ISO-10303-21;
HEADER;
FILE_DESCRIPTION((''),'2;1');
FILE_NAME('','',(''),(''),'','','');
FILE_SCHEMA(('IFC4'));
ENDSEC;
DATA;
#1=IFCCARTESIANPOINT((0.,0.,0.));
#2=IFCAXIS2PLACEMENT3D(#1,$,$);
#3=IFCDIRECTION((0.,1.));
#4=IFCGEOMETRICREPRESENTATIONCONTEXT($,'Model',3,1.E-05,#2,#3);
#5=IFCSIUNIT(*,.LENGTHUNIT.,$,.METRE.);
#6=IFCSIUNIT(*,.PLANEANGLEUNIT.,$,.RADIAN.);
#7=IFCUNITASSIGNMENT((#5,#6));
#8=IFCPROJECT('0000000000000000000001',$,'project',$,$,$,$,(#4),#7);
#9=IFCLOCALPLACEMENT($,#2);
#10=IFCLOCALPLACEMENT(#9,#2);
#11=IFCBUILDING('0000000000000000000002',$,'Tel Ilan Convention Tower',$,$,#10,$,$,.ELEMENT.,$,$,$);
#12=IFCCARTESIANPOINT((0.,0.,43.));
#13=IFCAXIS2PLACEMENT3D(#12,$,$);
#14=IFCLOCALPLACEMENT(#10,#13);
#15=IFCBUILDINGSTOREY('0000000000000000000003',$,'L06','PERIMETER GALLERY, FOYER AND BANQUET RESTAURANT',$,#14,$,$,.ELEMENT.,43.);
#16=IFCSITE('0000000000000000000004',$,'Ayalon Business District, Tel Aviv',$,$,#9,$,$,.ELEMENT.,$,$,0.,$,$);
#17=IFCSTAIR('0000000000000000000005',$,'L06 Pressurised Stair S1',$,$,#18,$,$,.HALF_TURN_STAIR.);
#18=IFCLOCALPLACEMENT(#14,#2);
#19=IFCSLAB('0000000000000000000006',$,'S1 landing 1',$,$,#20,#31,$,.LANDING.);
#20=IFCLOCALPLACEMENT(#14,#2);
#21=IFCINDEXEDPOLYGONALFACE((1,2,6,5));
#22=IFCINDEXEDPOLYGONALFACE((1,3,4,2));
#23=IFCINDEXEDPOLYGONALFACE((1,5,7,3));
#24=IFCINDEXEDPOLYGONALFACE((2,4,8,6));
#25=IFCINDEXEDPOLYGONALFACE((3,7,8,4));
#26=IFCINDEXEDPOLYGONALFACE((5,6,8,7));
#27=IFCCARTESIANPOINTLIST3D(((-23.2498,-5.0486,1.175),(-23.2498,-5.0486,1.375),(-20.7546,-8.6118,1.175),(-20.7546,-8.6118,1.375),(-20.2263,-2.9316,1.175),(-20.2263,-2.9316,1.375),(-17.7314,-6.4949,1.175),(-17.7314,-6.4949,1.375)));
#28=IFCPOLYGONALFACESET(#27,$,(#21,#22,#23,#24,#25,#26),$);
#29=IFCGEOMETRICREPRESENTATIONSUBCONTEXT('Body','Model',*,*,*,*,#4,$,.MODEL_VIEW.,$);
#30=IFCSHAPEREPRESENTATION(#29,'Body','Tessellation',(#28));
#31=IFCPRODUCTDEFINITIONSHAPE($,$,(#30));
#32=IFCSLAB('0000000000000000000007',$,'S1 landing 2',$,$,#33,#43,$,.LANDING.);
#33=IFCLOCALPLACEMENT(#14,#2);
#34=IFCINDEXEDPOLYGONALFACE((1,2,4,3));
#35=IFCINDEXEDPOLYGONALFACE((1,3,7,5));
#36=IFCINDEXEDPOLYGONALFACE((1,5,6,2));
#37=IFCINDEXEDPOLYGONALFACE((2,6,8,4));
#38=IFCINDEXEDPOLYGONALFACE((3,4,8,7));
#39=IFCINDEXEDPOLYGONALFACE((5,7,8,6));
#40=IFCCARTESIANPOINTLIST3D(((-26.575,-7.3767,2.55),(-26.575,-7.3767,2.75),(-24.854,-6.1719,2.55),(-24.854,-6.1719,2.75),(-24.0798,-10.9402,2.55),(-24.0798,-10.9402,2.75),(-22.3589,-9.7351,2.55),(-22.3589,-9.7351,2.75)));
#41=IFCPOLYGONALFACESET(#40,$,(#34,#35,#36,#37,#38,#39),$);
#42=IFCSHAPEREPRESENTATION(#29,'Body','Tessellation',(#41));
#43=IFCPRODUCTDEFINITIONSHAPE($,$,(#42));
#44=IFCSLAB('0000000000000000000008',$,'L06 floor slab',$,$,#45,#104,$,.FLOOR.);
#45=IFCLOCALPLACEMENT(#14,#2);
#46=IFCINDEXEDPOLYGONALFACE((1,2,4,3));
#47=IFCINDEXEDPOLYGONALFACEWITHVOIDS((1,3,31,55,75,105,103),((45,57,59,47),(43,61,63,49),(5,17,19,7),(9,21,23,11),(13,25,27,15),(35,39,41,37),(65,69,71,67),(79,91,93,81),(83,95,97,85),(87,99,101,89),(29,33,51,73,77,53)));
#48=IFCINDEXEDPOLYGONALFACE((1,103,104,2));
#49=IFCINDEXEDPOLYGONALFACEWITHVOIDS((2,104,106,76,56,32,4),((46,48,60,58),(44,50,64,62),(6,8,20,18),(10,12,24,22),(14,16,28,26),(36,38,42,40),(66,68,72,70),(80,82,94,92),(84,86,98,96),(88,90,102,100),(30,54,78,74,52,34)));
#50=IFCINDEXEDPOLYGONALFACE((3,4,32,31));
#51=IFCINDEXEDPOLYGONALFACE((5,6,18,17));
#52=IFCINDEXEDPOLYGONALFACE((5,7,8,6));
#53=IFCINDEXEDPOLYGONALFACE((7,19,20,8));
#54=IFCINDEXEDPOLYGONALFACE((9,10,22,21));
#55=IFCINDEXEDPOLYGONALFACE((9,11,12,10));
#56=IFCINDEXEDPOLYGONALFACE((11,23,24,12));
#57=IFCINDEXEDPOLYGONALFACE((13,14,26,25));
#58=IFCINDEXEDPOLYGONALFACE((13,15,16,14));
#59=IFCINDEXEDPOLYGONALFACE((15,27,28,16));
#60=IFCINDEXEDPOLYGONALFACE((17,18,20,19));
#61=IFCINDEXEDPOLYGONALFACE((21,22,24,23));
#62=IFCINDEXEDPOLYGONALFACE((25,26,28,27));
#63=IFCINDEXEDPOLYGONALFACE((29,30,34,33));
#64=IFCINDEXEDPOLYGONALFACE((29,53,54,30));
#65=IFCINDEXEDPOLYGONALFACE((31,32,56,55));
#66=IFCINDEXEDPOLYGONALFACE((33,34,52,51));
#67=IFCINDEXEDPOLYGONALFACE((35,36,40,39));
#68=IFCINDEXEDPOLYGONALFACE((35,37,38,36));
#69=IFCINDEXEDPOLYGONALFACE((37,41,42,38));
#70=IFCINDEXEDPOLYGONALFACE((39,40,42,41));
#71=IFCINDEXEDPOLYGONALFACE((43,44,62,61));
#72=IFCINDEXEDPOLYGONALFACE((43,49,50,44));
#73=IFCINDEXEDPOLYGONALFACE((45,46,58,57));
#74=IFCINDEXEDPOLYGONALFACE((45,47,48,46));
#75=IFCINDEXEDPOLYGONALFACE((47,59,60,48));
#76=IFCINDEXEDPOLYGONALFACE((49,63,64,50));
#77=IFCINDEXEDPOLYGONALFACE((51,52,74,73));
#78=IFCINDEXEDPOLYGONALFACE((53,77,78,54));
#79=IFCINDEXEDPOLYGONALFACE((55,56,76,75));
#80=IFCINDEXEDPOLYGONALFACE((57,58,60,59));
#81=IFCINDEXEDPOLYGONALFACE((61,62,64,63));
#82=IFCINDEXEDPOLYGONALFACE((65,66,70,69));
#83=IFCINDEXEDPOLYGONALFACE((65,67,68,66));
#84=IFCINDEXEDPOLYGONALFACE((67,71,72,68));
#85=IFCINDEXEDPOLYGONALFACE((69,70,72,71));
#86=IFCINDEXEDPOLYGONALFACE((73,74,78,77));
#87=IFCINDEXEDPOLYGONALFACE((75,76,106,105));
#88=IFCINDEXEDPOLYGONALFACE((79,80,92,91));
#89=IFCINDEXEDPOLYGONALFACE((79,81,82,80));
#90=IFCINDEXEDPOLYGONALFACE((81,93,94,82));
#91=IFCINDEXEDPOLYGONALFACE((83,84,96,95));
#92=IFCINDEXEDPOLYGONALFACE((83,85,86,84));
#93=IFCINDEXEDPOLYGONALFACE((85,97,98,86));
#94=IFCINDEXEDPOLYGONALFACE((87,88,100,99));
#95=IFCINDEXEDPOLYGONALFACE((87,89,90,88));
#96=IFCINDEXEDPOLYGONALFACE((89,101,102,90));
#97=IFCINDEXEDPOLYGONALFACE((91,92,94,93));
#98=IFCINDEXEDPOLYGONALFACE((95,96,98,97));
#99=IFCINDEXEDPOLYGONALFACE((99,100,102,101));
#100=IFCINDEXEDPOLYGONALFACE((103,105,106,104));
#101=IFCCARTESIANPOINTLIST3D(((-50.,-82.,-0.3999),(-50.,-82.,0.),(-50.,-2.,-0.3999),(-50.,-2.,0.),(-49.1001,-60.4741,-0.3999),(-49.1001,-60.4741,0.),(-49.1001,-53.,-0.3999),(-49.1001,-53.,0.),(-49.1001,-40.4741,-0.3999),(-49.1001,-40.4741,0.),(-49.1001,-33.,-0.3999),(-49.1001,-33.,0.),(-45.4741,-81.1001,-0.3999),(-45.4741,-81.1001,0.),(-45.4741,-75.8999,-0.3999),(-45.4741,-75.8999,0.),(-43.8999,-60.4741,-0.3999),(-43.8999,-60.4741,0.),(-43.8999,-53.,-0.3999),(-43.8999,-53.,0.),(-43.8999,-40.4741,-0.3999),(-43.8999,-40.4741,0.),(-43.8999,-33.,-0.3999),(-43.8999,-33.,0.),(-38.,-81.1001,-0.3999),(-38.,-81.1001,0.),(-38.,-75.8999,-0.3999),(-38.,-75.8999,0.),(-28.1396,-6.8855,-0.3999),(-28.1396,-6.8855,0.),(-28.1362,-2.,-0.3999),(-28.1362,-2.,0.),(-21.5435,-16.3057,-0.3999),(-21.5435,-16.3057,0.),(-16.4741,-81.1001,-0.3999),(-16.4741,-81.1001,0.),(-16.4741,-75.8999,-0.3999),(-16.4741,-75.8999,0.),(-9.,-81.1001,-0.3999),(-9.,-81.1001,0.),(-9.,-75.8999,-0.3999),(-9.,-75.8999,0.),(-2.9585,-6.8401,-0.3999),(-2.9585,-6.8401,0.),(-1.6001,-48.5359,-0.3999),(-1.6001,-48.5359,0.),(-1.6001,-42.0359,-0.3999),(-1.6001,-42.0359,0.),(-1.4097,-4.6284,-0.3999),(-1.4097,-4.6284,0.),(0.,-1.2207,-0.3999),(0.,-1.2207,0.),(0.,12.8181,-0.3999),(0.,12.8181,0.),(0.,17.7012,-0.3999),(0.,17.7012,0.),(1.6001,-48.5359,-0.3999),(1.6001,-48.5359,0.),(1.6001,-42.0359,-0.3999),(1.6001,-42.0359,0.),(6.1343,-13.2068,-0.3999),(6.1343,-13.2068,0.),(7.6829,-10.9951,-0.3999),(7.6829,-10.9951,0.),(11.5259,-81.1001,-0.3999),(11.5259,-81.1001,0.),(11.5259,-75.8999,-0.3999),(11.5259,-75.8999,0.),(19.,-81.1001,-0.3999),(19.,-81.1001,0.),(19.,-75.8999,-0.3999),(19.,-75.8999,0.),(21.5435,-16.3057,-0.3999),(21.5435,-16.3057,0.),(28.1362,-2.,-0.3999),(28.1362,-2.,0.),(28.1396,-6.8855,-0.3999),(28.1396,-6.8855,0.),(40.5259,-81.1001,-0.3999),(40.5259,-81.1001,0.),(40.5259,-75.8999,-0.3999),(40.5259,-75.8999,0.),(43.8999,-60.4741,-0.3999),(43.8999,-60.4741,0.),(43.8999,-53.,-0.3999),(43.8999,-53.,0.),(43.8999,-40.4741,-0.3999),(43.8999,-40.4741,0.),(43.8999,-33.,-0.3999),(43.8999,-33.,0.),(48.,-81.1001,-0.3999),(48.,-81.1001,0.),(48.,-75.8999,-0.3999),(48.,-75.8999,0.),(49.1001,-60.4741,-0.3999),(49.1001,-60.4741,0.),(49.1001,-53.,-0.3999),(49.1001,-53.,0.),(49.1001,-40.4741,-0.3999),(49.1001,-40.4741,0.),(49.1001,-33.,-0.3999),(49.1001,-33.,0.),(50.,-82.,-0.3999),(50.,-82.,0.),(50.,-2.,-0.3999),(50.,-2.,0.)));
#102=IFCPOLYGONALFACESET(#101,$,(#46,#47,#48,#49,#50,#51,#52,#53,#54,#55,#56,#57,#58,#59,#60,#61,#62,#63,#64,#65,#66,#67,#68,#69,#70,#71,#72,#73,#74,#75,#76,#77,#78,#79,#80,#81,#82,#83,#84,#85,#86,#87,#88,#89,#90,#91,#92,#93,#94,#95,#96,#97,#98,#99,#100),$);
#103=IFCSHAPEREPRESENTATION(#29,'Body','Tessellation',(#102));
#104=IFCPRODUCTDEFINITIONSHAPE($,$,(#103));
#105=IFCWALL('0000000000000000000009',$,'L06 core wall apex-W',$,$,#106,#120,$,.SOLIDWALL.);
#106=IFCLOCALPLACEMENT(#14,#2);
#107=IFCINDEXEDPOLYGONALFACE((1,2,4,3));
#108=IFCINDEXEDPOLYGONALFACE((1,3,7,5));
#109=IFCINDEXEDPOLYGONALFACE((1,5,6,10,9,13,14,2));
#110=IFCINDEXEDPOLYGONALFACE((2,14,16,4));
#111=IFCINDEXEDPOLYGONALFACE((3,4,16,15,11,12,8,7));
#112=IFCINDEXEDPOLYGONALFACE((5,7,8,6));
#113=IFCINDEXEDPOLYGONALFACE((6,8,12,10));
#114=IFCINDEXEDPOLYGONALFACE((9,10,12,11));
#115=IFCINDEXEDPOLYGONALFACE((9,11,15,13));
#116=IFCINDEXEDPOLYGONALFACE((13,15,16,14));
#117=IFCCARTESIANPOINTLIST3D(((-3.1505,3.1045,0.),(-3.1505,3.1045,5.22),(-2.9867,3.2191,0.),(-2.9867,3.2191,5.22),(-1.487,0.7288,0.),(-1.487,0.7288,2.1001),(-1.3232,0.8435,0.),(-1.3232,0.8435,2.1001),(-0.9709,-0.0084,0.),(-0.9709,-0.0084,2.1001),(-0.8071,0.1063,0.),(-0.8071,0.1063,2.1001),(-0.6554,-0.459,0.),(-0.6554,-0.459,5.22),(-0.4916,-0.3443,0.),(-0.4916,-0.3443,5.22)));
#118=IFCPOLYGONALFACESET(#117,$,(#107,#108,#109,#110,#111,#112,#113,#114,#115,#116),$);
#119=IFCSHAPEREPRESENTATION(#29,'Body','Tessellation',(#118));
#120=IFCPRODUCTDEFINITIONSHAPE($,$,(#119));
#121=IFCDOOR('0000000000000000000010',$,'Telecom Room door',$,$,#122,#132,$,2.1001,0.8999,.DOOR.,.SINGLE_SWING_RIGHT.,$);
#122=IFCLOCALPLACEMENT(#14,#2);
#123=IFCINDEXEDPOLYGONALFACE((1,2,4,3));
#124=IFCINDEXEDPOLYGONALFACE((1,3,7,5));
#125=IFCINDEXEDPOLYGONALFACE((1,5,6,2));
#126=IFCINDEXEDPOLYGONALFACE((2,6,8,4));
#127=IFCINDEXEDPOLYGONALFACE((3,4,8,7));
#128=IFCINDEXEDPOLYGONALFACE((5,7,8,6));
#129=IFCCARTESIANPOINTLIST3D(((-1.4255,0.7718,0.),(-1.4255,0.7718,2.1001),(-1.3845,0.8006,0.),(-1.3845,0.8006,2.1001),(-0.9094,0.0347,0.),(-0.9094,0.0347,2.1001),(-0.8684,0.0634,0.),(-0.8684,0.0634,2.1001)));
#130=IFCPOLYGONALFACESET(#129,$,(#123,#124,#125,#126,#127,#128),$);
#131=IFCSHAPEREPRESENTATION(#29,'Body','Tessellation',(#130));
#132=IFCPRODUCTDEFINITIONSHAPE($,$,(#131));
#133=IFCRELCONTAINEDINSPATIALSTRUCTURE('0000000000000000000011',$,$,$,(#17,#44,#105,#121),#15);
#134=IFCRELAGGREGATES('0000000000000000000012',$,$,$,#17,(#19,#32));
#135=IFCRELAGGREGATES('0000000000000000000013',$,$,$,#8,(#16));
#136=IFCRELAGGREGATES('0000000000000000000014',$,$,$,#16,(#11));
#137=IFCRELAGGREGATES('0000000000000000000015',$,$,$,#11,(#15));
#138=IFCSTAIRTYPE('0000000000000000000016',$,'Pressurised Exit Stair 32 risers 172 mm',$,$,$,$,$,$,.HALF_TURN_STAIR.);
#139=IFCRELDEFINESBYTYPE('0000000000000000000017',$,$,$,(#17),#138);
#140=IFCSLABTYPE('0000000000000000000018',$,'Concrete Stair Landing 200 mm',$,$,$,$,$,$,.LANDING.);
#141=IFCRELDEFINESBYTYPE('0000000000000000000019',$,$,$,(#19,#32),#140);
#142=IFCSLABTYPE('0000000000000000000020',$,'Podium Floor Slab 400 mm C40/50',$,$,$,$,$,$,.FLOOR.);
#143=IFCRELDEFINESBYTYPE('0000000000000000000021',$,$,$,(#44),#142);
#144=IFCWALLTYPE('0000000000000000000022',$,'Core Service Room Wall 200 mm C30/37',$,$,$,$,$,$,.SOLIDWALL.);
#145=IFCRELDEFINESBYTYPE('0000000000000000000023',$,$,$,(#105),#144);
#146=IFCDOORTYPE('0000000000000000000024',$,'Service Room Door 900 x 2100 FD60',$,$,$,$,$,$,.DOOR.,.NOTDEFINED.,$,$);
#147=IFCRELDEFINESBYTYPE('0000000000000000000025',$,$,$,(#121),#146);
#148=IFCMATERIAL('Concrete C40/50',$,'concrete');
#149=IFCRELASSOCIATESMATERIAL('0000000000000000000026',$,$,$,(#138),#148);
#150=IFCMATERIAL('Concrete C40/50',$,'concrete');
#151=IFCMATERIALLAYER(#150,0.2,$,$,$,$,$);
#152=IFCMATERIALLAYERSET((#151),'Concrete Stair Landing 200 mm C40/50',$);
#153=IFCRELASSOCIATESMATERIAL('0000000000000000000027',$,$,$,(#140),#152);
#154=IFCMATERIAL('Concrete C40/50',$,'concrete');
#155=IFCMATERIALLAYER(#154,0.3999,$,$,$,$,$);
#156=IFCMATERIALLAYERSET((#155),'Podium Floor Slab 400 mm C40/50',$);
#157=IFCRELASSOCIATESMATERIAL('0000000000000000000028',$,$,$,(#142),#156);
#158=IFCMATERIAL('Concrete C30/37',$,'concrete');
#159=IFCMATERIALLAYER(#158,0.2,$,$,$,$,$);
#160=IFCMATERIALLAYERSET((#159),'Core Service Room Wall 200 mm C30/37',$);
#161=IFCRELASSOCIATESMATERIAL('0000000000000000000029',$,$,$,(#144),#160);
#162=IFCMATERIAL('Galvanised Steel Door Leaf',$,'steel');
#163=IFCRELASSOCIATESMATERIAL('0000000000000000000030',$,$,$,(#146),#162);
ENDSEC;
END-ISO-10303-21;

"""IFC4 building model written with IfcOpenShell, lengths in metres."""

from ifc_helpers import new_model, si_unit, direction, frame, frame_2d, origin, place, context, subcontext, project, spatial, polyline, rectangle, outline, extrude, material, layer, layer_set, type_object, element, fill, aggregate, save


model = new_model("IFC4")

# Units and contexts
model_context = context("Model", 3, precision=1e-05, world=origin(), true_north=direction((0.0, 1.0)))
body_context = subcontext(model_context, "Body", "Model", "MODEL_VIEW")
ifc_project = project(units=[si_unit("LENGTHUNIT", "METRE"), si_unit("PLANEANGLEUNIT", "RADIAN")], contexts=[model_context])

# Site, building, storey
site_placement = place(None, origin())
site = spatial("IfcSite", under=ifc_project, at=site_placement, Name="Ayalon Business District, Tel Aviv", CompositionType="ELEMENT", RefElevation=0.0)
building_placement = place(site_placement, origin())
building = spatial("IfcBuilding", under=site, at=building_placement, Name="Tel Ilan Convention Tower", CompositionType="ELEMENT")
storey_placement = place(building_placement, frame((0.0, 0.0, 43.0)))
storey = spatial("IfcBuildingStorey", under=building, at=storey_placement, Name="L06", Description="PERIMETER GALLERY, FOYER AND BANQUET RESTAURANT", CompositionType="ELEMENT", Elevation=43.0)

# Stair, slabs
ifc_material_1 = material(Name="Concrete C40/50", Category="concrete")
stair_type = type_object("IfcStairType", Name="Pressurised Exit Stair 32 risers 172 mm", PredefinedType="HALF_TURN_STAIR", material=ifc_material_1)
stair_placement = place(storey_placement, origin())
stair = element("IfcStair", 1, at=stair_placement, inside=storey, type_object=stair_type, Name="L06 Pressurised Stair S1", PredefinedType="HALF_TURN_STAIR")
ifc_material_2 = material(Name="Concrete C40/50", Category="concrete")
ifc_layer_1 = layer(ifc_material_2, 0.2)
ifc_layer_set_1 = layer_set([ifc_layer_1], Name="Concrete Stair Landing 200 mm C40/50")
slab_type_1 = type_object("IfcSlabType", Name="Concrete Stair Landing 200 mm", PredefinedType="LANDING", material=ifc_layer_set_1)
slab_1_placement = place(storey_placement, frame((0.0, 0.0, 1.175)))
slab_1 = element("IfcSlab", 2, at=slab_1_placement, type_object=slab_type_1, Name="S1 landing 1", PredefinedType="LANDING", context=body_context, shape_type="SweptSolid", body=[
    extrude(outline(polyline([(-20.7546, -8.6118), (-17.7314, -6.4949), (-20.2263, -2.9316), (-23.2498, -5.0486), (-20.7546, -8.6118)])), origin(), (0.0, 0.0, 1.0), 0.2),
])
slab_2_placement = place(storey_placement, frame((0.0, 0.0, 2.55)))
slab_2 = element("IfcSlab", 3, at=slab_2_placement, type_object=slab_type_1, Name="S1 landing 2", PredefinedType="LANDING", context=body_context, shape_type="SweptSolid", body=[
    extrude(outline(polyline([(-24.0798, -10.9402), (-22.3589, -9.7351), (-24.854, -6.1719), (-26.575, -7.3767), (-24.0798, -10.9402)])), origin(), (0.0, 0.0, 1.0), 0.2),
])
aggregate(stair, [slab_1, slab_2])

# Slab
ifc_material_3 = material(Name="Concrete C40/50", Category="concrete")
ifc_layer_2 = layer(ifc_material_3, 0.3999)
ifc_layer_set_2 = layer_set([ifc_layer_2], Name="Podium Floor Slab 400 mm C40/50")
slab_type_2 = type_object("IfcSlabType", Name="Podium Floor Slab 400 mm C40/50", PredefinedType="FLOOR", material=ifc_layer_set_2)
slab_3_placement = place(storey_placement, frame((0.0, 0.0, -0.3999)))
element("IfcSlab", 4, at=slab_3_placement, inside=storey, type_object=slab_type_2, Name="L06 floor slab", PredefinedType="FLOOR", context=body_context, shape_type="SweptSolid", body=[
    extrude(outline(polyline([(-50.0, -2.0), (-28.1362, -2.0), (0.0, 17.7012), (28.1362, -2.0), (50.0, -2.0), (50.0, -82.0), (-50.0, -82.0), (-50.0, -2.0)]), holes=[polyline([(43.8999, -53.0), (43.8999, -60.4741), (49.1001, -60.4741), (49.1001, -53.0), (43.8999, -53.0)]), polyline([(49.1001, -33.0), (43.8999, -33.0), (43.8999, -40.4741), (49.1001, -40.4741), (49.1001, -33.0)]), polyline([(48.0, -75.8999), (40.5259, -75.8999), (40.5259, -81.1001), (48.0, -81.1001), (48.0, -75.8999)]), polyline([(21.5435, -16.3057), (28.1396, -6.8855), (0.0, 12.8181), (-28.1396, -6.8855), (-21.5435, -16.3057), (0.0, -1.2207), (21.5435, -16.3057)]), polyline([(11.5259, -75.8999), (11.5259, -81.1001), (19.0, -81.1001), (19.0, -75.8999), (11.5259, -75.8999)]), polyline([(6.1343, -13.2068), (7.6829, -10.9951), (-1.4097, -4.6284), (-2.9585, -6.8401), (6.1343, -13.2068)]), polyline([(-1.6001, -42.0359), (-1.6001, -48.5359), (1.6001, -48.5359), (1.6001, -42.0359), (-1.6001, -42.0359)]), polyline([(-16.4741, -75.8999), (-16.4741, -81.1001), (-9.0, -81.1001), (-9.0, -75.8999), (-16.4741, -75.8999)]), polyline([(-45.4741, -75.8999), (-45.4741, -81.1001), (-38.0, -81.1001), (-38.0, -75.8999), (-45.4741, -75.8999)]), polyline([(-49.1001, -33.0), (-49.1001, -40.4741), (-43.8999, -40.4741), (-43.8999, -33.0), (-49.1001, -33.0)]), polyline([(-43.8999, -53.0), (-49.1001, -53.0), (-49.1001, -60.4741), (-43.8999, -60.4741), (-43.8999, -53.0)])]), origin(), (0.0, 0.0, 1.0), 0.3999),
])

# Wall, opening, door
ifc_material_4 = material(Name="Concrete C30/37", Category="concrete")
ifc_layer_3 = layer(ifc_material_4, 0.2)
ifc_layer_set_3 = layer_set([ifc_layer_3], Name="Core Service Room Wall 200 mm C30/37")
wall_type_1 = type_object("IfcWallType", Name="Core Service Room Wall 200 mm C30/37", PredefinedType="SOLIDWALL", material=ifc_layer_set_3)
wall_1_placement = place(storey_placement, frame((-0.5735, -0.4016, 0.0), z_axis=(0.0, 0.0, 1.0), x_axis=(-0.573568, 0.819158, 0.0)))
wall_1 = element("IfcWall", 5, at=wall_1_placement, inside=storey, type_object=wall_type_1, Name="L06 core wall apex-W", PredefinedType="SOLIDWALL", context=body_context, shape_type="SweptSolid", body=[
    extrude(rectangle(XDim=4.3501, YDim=0.2, at=frame_2d((2.175, 0.0))), origin(), (0.0, 0.0, 1.0), 5.22),
])
opening_1_placement = place(wall_1_placement, frame((0.55, 0.0, 0.0)))
opening_1 = element("IfcOpeningElement", 6, at=opening_1_placement, cuts=wall_1, PredefinedType="OPENING", context=body_context, shape_type="SweptSolid", body=[
    extrude(rectangle(XDim=0.8999, YDim=2.1001, at=frame_2d((0.45, 1.05))), frame((0.0, 0.1099, 0.0), z_axis=(0.0, -1.0, 0.0), x_axis=(1.0, 0.0, 0.0)), (0.0, 0.0, 1.0), 0.22),
])
ifc_material_5 = material(Name="Galvanised Steel Door Leaf", Category="steel")
door_type_1 = type_object("IfcDoorType", Name="Service Room Door 900 x 2100 FD60", OperationType="NOTDEFINED", PredefinedType="DOOR", material=ifc_material_5)
door_1_placement = place(opening_1_placement, origin())
door_1 = element("IfcDoor", 7, at=door_1_placement, inside=storey, type_object=door_type_1, Name="Telecom Room door", OperationType="SINGLE_SWING_RIGHT", OverallHeight=2.1001, OverallWidth=0.8999, PredefinedType="DOOR", context=body_context, shape_type="SweptSolid", body=[
    extrude(rectangle(XDim=0.8999, YDim=2.1001, at=frame_2d((0.45, 1.05))), frame((0.0, 0.0249, 0.0), z_axis=(0.0, -1.0, 0.0), x_axis=(1.0, 0.0, 0.0)), (0.0, 0.0, 1.0), 0.05),
])
fill(opening_1, door_1)

save(model, "model.ifc")
